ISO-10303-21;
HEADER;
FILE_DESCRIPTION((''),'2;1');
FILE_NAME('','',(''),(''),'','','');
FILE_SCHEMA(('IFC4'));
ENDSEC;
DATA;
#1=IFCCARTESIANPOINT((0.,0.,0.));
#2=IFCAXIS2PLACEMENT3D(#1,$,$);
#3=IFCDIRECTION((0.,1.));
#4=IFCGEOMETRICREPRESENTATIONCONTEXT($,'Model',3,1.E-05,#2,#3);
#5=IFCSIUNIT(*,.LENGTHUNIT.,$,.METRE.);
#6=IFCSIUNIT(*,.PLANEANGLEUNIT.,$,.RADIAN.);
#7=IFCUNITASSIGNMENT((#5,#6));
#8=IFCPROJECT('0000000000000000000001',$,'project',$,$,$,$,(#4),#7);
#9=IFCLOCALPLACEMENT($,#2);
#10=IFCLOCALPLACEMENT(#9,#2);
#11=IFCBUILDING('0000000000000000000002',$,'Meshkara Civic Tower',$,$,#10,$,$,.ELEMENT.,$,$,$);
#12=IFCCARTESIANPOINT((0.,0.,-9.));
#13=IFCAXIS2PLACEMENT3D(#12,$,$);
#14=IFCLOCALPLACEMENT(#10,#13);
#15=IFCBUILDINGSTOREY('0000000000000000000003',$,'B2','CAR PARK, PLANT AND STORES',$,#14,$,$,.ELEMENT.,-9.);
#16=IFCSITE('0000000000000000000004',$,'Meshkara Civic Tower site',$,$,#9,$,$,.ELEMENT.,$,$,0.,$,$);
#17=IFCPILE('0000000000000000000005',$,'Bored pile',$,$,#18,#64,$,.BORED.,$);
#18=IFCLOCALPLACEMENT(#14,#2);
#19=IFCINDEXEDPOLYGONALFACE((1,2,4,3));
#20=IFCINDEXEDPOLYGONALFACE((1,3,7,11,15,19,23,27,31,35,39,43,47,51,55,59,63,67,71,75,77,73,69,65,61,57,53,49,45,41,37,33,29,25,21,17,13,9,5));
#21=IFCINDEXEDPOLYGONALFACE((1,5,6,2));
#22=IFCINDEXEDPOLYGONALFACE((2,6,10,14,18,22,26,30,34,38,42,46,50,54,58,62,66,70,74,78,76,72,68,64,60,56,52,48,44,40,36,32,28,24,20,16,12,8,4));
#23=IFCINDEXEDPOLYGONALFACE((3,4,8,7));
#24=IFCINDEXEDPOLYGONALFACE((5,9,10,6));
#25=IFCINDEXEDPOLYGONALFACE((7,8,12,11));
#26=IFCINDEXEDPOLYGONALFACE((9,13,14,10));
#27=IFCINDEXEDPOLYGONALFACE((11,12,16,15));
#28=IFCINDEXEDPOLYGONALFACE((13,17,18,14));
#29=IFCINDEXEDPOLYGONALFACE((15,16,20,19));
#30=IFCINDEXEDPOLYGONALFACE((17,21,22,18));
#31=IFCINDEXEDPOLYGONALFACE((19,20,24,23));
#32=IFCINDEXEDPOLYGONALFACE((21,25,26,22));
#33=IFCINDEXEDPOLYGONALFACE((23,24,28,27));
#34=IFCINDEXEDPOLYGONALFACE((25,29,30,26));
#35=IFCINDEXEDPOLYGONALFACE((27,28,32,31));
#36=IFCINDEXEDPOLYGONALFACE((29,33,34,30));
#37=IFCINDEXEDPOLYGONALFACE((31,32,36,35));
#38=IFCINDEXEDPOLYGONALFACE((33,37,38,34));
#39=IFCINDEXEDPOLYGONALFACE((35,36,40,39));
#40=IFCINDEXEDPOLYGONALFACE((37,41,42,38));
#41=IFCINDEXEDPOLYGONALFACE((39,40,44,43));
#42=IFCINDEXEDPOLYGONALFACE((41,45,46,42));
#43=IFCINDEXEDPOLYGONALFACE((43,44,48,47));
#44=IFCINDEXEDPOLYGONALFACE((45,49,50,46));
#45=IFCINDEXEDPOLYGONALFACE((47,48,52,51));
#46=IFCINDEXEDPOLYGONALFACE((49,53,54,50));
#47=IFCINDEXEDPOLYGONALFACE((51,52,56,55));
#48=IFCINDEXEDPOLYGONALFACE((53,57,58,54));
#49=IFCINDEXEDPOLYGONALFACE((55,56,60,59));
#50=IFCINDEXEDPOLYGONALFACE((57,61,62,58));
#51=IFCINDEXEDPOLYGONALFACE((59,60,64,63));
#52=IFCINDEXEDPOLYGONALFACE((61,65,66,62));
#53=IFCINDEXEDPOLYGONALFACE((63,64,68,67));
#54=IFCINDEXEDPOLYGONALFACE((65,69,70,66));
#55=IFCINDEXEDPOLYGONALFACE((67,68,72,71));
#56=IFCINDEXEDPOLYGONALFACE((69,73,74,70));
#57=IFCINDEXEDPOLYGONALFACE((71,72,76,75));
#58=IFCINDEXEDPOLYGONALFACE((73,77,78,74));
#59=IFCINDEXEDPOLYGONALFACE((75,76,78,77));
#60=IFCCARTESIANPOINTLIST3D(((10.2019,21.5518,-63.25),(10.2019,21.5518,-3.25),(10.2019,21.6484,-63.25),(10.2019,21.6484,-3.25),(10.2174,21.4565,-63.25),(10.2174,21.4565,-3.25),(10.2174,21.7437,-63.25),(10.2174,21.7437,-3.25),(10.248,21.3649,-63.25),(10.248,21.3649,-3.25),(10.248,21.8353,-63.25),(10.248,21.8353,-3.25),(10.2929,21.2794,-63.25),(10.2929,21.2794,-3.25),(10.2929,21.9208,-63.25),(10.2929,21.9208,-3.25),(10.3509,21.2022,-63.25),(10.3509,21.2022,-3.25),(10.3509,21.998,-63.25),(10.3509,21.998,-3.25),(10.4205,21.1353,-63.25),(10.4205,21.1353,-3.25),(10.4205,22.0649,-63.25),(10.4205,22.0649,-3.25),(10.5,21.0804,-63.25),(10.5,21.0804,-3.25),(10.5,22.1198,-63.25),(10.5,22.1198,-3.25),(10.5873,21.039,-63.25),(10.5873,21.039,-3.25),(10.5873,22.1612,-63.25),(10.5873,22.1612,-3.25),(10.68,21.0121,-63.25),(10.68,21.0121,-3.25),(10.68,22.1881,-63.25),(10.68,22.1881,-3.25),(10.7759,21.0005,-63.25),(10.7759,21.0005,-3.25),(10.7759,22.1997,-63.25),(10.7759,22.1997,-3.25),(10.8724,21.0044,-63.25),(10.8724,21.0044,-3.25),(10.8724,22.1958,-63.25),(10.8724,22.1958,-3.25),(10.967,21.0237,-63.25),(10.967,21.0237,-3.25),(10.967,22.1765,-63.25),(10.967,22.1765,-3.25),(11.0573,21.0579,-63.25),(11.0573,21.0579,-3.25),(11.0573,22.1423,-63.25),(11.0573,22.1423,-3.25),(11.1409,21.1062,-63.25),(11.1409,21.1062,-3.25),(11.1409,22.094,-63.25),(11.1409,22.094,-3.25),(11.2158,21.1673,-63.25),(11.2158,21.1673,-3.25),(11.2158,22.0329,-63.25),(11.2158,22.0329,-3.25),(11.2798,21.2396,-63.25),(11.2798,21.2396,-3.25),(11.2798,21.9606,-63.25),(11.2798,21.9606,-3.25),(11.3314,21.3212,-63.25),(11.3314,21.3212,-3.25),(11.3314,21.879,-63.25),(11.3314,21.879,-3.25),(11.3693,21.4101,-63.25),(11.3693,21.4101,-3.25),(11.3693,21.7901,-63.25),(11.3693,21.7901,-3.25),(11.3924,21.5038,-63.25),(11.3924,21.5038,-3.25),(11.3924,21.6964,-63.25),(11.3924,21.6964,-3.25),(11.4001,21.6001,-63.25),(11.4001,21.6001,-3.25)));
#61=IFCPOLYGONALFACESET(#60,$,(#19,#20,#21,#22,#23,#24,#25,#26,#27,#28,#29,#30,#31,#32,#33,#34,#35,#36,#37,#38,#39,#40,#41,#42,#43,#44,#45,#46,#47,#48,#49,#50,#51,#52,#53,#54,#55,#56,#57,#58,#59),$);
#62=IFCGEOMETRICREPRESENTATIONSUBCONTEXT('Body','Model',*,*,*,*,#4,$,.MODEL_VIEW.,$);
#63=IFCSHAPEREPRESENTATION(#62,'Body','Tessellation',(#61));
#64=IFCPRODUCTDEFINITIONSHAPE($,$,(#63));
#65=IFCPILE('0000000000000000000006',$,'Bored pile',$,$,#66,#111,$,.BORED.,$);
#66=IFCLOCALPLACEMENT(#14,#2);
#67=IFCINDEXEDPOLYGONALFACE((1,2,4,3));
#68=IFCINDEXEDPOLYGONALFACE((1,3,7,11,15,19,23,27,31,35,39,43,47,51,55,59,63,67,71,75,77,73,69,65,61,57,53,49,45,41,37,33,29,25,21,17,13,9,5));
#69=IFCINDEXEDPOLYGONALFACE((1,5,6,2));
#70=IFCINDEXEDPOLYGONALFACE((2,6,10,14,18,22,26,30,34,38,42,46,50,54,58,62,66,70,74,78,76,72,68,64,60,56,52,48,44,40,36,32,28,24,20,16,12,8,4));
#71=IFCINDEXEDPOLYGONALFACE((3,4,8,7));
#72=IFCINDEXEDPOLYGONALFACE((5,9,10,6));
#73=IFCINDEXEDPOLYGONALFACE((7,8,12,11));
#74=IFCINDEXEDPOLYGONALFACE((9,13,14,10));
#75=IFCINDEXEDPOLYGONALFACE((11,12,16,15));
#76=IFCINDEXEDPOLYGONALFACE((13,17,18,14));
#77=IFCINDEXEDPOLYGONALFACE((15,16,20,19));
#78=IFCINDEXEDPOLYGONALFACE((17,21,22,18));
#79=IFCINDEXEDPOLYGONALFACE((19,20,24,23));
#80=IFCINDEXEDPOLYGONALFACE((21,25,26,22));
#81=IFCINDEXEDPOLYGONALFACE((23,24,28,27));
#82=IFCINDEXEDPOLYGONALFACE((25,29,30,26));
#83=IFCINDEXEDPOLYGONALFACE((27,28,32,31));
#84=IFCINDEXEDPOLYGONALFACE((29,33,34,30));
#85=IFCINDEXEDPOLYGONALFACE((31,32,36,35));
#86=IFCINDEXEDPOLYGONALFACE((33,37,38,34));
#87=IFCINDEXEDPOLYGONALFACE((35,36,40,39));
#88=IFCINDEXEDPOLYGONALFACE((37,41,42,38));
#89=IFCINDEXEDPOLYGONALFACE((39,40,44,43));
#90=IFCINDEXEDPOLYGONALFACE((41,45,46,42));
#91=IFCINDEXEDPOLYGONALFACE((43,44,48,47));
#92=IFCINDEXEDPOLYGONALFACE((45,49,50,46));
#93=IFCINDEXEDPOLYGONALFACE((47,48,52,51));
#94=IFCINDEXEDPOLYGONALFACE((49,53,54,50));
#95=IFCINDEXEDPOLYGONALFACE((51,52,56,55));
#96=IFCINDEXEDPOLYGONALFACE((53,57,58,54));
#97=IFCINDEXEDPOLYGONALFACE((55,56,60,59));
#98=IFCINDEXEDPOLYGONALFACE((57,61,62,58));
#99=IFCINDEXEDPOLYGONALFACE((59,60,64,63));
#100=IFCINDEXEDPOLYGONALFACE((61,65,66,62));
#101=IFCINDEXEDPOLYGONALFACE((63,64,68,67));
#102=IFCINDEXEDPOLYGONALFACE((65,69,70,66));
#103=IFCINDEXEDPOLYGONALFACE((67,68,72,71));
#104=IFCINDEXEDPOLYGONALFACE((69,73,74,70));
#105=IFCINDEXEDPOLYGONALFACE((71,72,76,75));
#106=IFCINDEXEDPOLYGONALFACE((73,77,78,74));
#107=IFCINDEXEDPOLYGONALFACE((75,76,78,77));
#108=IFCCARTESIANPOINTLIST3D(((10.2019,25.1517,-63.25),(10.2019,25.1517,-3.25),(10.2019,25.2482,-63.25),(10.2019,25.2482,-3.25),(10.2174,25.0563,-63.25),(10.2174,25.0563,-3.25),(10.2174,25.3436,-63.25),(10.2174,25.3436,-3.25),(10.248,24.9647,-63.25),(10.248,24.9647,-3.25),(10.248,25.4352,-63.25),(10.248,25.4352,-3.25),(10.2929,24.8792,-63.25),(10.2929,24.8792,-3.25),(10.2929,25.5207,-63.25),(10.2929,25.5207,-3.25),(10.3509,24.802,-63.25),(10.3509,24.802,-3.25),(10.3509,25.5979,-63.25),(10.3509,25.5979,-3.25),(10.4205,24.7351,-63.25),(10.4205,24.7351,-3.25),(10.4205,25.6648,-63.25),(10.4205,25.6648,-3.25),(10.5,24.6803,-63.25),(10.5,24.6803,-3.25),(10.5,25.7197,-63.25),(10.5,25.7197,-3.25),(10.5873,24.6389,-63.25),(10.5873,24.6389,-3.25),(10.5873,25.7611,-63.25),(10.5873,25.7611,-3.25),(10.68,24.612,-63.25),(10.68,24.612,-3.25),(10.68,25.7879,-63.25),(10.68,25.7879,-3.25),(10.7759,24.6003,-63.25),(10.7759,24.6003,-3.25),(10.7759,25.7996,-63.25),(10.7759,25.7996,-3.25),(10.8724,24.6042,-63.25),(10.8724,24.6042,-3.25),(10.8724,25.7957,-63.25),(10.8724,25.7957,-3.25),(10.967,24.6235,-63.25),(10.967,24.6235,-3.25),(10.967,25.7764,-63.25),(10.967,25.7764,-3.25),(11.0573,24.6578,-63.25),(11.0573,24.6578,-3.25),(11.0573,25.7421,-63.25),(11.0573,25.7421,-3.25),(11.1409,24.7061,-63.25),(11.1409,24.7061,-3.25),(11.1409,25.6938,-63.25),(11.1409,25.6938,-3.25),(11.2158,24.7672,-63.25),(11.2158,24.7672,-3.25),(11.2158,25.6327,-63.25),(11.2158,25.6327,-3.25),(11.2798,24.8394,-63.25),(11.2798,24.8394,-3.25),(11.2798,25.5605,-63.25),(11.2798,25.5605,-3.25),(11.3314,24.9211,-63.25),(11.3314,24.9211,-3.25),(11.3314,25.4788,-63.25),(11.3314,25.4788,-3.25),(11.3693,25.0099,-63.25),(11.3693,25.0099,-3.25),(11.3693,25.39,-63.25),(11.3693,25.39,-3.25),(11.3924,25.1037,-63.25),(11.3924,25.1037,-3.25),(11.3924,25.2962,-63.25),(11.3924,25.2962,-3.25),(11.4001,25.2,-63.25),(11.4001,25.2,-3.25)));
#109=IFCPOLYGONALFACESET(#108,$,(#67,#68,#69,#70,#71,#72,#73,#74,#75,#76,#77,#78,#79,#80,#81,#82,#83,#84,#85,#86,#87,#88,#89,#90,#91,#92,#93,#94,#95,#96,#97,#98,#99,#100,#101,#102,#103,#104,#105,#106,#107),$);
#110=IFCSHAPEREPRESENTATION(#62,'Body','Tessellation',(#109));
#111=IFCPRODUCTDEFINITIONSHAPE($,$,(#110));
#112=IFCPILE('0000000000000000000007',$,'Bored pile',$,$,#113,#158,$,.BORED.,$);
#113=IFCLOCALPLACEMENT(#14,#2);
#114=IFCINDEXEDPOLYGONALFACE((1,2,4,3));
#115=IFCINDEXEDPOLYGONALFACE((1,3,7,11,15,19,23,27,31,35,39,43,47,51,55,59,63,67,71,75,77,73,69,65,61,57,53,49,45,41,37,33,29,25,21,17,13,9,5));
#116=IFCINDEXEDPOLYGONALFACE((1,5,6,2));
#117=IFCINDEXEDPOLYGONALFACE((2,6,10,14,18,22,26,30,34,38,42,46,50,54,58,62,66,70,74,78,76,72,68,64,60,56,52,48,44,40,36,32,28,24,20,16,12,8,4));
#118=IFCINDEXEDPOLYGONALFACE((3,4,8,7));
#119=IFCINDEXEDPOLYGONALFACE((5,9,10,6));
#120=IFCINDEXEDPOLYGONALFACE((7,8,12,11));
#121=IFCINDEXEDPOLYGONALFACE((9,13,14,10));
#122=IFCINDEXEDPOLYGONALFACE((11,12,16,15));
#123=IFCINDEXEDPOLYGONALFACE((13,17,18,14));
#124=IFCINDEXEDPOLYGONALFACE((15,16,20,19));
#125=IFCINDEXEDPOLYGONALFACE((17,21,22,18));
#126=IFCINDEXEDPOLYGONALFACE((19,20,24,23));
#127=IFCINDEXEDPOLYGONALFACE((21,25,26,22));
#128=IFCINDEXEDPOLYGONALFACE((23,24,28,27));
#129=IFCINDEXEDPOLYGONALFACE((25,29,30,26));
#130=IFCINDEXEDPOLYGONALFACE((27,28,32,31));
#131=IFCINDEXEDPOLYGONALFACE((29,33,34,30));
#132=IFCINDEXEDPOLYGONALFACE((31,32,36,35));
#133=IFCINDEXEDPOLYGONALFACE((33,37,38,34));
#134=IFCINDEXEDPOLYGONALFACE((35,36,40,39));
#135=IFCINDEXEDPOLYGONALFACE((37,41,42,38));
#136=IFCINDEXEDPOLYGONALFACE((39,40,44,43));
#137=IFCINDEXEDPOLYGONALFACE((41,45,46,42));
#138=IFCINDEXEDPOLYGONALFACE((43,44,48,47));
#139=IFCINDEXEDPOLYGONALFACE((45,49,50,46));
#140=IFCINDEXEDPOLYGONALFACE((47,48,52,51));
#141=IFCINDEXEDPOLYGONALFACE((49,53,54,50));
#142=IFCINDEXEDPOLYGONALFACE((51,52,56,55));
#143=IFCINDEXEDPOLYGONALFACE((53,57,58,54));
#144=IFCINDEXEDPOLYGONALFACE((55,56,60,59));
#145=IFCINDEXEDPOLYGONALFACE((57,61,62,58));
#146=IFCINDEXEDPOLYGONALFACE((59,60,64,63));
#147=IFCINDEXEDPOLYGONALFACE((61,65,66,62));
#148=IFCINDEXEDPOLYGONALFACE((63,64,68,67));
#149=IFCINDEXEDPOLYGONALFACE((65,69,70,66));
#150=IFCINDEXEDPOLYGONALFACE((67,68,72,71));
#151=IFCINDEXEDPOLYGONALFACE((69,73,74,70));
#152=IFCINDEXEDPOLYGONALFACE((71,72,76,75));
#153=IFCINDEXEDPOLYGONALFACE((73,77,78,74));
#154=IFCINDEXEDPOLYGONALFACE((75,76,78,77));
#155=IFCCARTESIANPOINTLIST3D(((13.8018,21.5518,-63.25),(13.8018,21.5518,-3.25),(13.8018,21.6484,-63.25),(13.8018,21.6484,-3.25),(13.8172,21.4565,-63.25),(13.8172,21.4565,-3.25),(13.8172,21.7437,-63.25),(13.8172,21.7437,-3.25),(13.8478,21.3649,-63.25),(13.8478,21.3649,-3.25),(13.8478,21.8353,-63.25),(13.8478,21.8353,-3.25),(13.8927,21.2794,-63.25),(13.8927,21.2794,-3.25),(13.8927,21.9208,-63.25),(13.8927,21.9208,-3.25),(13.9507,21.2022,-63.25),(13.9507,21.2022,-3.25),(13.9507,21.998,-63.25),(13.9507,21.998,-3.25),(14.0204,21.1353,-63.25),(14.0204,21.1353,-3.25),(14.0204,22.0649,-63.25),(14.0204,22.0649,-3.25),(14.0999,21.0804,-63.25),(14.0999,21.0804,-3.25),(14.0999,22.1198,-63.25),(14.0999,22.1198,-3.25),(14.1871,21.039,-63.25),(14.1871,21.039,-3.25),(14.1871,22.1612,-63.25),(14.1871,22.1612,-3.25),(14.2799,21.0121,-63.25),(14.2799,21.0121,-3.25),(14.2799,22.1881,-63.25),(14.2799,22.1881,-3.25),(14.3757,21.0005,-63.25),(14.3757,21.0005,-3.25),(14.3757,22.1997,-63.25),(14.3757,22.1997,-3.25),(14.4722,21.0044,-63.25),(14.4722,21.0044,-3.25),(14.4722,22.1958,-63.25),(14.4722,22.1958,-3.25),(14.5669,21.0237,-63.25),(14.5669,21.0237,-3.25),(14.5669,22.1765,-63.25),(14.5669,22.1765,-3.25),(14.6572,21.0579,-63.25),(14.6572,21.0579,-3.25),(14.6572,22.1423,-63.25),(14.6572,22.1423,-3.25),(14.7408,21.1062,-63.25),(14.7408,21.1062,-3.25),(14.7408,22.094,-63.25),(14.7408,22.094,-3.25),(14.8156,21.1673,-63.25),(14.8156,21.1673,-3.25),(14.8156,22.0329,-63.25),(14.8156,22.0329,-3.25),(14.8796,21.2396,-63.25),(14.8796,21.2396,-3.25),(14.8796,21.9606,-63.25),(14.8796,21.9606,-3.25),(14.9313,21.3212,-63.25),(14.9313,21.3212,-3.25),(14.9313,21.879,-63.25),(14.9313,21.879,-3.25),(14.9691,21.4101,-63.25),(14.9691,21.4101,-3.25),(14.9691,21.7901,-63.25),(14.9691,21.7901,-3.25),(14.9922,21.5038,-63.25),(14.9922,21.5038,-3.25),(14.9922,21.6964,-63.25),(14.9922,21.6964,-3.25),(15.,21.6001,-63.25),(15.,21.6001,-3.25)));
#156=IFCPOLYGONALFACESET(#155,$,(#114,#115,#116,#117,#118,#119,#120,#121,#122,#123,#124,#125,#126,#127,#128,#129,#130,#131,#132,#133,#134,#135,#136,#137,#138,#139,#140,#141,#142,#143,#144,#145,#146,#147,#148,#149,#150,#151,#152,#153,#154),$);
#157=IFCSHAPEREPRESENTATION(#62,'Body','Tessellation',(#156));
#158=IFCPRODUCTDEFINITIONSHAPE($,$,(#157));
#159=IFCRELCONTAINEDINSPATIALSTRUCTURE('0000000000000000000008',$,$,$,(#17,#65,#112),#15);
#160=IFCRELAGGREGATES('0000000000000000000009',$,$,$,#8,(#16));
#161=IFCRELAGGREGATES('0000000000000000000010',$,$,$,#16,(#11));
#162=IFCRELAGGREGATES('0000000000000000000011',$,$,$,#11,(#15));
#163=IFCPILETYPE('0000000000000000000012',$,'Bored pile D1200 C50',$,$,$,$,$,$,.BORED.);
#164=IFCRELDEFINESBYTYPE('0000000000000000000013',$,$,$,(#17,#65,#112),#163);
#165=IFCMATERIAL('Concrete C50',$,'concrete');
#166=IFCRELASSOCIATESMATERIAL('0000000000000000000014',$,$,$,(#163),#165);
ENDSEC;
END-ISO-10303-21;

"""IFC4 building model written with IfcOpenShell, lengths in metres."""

from ifc_helpers import new_model, si_unit, direction, frame, origin, origin_2d, place, context, subcontext, project, spatial, circle, extrude, material, material_profile, profile_set, type_object, element, save


model = new_model("IFC4")

# Units and contexts
model_context = context("Model", 3, precision=1e-05, world=origin(), true_north=direction((0.0, 1.0)))
body_context = subcontext(model_context, "Body", "Model", "MODEL_VIEW")
ifc_project = project(units=[si_unit("LENGTHUNIT", "METRE"), si_unit("PLANEANGLEUNIT", "RADIAN")], contexts=[model_context])

# Site, building, storey
site_placement = place(None, origin())
site = spatial("IfcSite", under=ifc_project, at=site_placement, Name="Meshkara Civic Tower site", CompositionType="ELEMENT", RefElevation=0.0)
building_placement = place(site_placement, origin())
building = spatial("IfcBuilding", under=site, at=building_placement, Name="Meshkara Civic Tower", CompositionType="ELEMENT")
storey_placement = place(building_placement, frame((0.0, 0.0, -9.0)))
storey = spatial("IfcBuildingStorey", under=building, at=storey_placement, Name="B2", Description="CAR PARK, PLANT AND STORES", CompositionType="ELEMENT", Elevation=-9.0)

# Piles
ifc_material_1 = material(Name="Concrete C50", Category="concrete")
ifc_material_profile = material_profile(ifc_material_1, circle(Radius=0.6001, at=origin_2d()))
ifc_profile_set = profile_set([ifc_material_profile], Name="Concrete C50")
pile_type = type_object("IfcPileType", Name="Bored pile D1200 C50", PredefinedType="BORED", material=ifc_profile_set)
for number, where, z_axis, x_axis, name in (
    (1, (10.8, 21.6001, -3.25), (0.0, 0.0, -1.0), (1.0, 0.0, 0.0), "Bored pile"),
    (2, (10.8, 25.2, -3.25), (0.0, 0.0, -1.0), (1.0, 0.0, 0.0), "Bored pile"),
    (3, (14.3999, 21.6001, -3.25), (0.0, 0.0, -1.0), (1.0, 0.0, 0.0), "Bored pile"),
):
    element("IfcPile", number, at=place(storey_placement, frame(where, z_axis=z_axis, x_axis=x_axis)), inside=storey, type_object=pile_type, Name=name, PredefinedType="BORED", context=body_context, shape_type="SweptSolid", body=[
        extrude(circle(Radius=0.6001, at=origin_2d()), origin(), (0.0, 0.0, 1.0), 60.0),
    ])

save(model, "model.ifc")
